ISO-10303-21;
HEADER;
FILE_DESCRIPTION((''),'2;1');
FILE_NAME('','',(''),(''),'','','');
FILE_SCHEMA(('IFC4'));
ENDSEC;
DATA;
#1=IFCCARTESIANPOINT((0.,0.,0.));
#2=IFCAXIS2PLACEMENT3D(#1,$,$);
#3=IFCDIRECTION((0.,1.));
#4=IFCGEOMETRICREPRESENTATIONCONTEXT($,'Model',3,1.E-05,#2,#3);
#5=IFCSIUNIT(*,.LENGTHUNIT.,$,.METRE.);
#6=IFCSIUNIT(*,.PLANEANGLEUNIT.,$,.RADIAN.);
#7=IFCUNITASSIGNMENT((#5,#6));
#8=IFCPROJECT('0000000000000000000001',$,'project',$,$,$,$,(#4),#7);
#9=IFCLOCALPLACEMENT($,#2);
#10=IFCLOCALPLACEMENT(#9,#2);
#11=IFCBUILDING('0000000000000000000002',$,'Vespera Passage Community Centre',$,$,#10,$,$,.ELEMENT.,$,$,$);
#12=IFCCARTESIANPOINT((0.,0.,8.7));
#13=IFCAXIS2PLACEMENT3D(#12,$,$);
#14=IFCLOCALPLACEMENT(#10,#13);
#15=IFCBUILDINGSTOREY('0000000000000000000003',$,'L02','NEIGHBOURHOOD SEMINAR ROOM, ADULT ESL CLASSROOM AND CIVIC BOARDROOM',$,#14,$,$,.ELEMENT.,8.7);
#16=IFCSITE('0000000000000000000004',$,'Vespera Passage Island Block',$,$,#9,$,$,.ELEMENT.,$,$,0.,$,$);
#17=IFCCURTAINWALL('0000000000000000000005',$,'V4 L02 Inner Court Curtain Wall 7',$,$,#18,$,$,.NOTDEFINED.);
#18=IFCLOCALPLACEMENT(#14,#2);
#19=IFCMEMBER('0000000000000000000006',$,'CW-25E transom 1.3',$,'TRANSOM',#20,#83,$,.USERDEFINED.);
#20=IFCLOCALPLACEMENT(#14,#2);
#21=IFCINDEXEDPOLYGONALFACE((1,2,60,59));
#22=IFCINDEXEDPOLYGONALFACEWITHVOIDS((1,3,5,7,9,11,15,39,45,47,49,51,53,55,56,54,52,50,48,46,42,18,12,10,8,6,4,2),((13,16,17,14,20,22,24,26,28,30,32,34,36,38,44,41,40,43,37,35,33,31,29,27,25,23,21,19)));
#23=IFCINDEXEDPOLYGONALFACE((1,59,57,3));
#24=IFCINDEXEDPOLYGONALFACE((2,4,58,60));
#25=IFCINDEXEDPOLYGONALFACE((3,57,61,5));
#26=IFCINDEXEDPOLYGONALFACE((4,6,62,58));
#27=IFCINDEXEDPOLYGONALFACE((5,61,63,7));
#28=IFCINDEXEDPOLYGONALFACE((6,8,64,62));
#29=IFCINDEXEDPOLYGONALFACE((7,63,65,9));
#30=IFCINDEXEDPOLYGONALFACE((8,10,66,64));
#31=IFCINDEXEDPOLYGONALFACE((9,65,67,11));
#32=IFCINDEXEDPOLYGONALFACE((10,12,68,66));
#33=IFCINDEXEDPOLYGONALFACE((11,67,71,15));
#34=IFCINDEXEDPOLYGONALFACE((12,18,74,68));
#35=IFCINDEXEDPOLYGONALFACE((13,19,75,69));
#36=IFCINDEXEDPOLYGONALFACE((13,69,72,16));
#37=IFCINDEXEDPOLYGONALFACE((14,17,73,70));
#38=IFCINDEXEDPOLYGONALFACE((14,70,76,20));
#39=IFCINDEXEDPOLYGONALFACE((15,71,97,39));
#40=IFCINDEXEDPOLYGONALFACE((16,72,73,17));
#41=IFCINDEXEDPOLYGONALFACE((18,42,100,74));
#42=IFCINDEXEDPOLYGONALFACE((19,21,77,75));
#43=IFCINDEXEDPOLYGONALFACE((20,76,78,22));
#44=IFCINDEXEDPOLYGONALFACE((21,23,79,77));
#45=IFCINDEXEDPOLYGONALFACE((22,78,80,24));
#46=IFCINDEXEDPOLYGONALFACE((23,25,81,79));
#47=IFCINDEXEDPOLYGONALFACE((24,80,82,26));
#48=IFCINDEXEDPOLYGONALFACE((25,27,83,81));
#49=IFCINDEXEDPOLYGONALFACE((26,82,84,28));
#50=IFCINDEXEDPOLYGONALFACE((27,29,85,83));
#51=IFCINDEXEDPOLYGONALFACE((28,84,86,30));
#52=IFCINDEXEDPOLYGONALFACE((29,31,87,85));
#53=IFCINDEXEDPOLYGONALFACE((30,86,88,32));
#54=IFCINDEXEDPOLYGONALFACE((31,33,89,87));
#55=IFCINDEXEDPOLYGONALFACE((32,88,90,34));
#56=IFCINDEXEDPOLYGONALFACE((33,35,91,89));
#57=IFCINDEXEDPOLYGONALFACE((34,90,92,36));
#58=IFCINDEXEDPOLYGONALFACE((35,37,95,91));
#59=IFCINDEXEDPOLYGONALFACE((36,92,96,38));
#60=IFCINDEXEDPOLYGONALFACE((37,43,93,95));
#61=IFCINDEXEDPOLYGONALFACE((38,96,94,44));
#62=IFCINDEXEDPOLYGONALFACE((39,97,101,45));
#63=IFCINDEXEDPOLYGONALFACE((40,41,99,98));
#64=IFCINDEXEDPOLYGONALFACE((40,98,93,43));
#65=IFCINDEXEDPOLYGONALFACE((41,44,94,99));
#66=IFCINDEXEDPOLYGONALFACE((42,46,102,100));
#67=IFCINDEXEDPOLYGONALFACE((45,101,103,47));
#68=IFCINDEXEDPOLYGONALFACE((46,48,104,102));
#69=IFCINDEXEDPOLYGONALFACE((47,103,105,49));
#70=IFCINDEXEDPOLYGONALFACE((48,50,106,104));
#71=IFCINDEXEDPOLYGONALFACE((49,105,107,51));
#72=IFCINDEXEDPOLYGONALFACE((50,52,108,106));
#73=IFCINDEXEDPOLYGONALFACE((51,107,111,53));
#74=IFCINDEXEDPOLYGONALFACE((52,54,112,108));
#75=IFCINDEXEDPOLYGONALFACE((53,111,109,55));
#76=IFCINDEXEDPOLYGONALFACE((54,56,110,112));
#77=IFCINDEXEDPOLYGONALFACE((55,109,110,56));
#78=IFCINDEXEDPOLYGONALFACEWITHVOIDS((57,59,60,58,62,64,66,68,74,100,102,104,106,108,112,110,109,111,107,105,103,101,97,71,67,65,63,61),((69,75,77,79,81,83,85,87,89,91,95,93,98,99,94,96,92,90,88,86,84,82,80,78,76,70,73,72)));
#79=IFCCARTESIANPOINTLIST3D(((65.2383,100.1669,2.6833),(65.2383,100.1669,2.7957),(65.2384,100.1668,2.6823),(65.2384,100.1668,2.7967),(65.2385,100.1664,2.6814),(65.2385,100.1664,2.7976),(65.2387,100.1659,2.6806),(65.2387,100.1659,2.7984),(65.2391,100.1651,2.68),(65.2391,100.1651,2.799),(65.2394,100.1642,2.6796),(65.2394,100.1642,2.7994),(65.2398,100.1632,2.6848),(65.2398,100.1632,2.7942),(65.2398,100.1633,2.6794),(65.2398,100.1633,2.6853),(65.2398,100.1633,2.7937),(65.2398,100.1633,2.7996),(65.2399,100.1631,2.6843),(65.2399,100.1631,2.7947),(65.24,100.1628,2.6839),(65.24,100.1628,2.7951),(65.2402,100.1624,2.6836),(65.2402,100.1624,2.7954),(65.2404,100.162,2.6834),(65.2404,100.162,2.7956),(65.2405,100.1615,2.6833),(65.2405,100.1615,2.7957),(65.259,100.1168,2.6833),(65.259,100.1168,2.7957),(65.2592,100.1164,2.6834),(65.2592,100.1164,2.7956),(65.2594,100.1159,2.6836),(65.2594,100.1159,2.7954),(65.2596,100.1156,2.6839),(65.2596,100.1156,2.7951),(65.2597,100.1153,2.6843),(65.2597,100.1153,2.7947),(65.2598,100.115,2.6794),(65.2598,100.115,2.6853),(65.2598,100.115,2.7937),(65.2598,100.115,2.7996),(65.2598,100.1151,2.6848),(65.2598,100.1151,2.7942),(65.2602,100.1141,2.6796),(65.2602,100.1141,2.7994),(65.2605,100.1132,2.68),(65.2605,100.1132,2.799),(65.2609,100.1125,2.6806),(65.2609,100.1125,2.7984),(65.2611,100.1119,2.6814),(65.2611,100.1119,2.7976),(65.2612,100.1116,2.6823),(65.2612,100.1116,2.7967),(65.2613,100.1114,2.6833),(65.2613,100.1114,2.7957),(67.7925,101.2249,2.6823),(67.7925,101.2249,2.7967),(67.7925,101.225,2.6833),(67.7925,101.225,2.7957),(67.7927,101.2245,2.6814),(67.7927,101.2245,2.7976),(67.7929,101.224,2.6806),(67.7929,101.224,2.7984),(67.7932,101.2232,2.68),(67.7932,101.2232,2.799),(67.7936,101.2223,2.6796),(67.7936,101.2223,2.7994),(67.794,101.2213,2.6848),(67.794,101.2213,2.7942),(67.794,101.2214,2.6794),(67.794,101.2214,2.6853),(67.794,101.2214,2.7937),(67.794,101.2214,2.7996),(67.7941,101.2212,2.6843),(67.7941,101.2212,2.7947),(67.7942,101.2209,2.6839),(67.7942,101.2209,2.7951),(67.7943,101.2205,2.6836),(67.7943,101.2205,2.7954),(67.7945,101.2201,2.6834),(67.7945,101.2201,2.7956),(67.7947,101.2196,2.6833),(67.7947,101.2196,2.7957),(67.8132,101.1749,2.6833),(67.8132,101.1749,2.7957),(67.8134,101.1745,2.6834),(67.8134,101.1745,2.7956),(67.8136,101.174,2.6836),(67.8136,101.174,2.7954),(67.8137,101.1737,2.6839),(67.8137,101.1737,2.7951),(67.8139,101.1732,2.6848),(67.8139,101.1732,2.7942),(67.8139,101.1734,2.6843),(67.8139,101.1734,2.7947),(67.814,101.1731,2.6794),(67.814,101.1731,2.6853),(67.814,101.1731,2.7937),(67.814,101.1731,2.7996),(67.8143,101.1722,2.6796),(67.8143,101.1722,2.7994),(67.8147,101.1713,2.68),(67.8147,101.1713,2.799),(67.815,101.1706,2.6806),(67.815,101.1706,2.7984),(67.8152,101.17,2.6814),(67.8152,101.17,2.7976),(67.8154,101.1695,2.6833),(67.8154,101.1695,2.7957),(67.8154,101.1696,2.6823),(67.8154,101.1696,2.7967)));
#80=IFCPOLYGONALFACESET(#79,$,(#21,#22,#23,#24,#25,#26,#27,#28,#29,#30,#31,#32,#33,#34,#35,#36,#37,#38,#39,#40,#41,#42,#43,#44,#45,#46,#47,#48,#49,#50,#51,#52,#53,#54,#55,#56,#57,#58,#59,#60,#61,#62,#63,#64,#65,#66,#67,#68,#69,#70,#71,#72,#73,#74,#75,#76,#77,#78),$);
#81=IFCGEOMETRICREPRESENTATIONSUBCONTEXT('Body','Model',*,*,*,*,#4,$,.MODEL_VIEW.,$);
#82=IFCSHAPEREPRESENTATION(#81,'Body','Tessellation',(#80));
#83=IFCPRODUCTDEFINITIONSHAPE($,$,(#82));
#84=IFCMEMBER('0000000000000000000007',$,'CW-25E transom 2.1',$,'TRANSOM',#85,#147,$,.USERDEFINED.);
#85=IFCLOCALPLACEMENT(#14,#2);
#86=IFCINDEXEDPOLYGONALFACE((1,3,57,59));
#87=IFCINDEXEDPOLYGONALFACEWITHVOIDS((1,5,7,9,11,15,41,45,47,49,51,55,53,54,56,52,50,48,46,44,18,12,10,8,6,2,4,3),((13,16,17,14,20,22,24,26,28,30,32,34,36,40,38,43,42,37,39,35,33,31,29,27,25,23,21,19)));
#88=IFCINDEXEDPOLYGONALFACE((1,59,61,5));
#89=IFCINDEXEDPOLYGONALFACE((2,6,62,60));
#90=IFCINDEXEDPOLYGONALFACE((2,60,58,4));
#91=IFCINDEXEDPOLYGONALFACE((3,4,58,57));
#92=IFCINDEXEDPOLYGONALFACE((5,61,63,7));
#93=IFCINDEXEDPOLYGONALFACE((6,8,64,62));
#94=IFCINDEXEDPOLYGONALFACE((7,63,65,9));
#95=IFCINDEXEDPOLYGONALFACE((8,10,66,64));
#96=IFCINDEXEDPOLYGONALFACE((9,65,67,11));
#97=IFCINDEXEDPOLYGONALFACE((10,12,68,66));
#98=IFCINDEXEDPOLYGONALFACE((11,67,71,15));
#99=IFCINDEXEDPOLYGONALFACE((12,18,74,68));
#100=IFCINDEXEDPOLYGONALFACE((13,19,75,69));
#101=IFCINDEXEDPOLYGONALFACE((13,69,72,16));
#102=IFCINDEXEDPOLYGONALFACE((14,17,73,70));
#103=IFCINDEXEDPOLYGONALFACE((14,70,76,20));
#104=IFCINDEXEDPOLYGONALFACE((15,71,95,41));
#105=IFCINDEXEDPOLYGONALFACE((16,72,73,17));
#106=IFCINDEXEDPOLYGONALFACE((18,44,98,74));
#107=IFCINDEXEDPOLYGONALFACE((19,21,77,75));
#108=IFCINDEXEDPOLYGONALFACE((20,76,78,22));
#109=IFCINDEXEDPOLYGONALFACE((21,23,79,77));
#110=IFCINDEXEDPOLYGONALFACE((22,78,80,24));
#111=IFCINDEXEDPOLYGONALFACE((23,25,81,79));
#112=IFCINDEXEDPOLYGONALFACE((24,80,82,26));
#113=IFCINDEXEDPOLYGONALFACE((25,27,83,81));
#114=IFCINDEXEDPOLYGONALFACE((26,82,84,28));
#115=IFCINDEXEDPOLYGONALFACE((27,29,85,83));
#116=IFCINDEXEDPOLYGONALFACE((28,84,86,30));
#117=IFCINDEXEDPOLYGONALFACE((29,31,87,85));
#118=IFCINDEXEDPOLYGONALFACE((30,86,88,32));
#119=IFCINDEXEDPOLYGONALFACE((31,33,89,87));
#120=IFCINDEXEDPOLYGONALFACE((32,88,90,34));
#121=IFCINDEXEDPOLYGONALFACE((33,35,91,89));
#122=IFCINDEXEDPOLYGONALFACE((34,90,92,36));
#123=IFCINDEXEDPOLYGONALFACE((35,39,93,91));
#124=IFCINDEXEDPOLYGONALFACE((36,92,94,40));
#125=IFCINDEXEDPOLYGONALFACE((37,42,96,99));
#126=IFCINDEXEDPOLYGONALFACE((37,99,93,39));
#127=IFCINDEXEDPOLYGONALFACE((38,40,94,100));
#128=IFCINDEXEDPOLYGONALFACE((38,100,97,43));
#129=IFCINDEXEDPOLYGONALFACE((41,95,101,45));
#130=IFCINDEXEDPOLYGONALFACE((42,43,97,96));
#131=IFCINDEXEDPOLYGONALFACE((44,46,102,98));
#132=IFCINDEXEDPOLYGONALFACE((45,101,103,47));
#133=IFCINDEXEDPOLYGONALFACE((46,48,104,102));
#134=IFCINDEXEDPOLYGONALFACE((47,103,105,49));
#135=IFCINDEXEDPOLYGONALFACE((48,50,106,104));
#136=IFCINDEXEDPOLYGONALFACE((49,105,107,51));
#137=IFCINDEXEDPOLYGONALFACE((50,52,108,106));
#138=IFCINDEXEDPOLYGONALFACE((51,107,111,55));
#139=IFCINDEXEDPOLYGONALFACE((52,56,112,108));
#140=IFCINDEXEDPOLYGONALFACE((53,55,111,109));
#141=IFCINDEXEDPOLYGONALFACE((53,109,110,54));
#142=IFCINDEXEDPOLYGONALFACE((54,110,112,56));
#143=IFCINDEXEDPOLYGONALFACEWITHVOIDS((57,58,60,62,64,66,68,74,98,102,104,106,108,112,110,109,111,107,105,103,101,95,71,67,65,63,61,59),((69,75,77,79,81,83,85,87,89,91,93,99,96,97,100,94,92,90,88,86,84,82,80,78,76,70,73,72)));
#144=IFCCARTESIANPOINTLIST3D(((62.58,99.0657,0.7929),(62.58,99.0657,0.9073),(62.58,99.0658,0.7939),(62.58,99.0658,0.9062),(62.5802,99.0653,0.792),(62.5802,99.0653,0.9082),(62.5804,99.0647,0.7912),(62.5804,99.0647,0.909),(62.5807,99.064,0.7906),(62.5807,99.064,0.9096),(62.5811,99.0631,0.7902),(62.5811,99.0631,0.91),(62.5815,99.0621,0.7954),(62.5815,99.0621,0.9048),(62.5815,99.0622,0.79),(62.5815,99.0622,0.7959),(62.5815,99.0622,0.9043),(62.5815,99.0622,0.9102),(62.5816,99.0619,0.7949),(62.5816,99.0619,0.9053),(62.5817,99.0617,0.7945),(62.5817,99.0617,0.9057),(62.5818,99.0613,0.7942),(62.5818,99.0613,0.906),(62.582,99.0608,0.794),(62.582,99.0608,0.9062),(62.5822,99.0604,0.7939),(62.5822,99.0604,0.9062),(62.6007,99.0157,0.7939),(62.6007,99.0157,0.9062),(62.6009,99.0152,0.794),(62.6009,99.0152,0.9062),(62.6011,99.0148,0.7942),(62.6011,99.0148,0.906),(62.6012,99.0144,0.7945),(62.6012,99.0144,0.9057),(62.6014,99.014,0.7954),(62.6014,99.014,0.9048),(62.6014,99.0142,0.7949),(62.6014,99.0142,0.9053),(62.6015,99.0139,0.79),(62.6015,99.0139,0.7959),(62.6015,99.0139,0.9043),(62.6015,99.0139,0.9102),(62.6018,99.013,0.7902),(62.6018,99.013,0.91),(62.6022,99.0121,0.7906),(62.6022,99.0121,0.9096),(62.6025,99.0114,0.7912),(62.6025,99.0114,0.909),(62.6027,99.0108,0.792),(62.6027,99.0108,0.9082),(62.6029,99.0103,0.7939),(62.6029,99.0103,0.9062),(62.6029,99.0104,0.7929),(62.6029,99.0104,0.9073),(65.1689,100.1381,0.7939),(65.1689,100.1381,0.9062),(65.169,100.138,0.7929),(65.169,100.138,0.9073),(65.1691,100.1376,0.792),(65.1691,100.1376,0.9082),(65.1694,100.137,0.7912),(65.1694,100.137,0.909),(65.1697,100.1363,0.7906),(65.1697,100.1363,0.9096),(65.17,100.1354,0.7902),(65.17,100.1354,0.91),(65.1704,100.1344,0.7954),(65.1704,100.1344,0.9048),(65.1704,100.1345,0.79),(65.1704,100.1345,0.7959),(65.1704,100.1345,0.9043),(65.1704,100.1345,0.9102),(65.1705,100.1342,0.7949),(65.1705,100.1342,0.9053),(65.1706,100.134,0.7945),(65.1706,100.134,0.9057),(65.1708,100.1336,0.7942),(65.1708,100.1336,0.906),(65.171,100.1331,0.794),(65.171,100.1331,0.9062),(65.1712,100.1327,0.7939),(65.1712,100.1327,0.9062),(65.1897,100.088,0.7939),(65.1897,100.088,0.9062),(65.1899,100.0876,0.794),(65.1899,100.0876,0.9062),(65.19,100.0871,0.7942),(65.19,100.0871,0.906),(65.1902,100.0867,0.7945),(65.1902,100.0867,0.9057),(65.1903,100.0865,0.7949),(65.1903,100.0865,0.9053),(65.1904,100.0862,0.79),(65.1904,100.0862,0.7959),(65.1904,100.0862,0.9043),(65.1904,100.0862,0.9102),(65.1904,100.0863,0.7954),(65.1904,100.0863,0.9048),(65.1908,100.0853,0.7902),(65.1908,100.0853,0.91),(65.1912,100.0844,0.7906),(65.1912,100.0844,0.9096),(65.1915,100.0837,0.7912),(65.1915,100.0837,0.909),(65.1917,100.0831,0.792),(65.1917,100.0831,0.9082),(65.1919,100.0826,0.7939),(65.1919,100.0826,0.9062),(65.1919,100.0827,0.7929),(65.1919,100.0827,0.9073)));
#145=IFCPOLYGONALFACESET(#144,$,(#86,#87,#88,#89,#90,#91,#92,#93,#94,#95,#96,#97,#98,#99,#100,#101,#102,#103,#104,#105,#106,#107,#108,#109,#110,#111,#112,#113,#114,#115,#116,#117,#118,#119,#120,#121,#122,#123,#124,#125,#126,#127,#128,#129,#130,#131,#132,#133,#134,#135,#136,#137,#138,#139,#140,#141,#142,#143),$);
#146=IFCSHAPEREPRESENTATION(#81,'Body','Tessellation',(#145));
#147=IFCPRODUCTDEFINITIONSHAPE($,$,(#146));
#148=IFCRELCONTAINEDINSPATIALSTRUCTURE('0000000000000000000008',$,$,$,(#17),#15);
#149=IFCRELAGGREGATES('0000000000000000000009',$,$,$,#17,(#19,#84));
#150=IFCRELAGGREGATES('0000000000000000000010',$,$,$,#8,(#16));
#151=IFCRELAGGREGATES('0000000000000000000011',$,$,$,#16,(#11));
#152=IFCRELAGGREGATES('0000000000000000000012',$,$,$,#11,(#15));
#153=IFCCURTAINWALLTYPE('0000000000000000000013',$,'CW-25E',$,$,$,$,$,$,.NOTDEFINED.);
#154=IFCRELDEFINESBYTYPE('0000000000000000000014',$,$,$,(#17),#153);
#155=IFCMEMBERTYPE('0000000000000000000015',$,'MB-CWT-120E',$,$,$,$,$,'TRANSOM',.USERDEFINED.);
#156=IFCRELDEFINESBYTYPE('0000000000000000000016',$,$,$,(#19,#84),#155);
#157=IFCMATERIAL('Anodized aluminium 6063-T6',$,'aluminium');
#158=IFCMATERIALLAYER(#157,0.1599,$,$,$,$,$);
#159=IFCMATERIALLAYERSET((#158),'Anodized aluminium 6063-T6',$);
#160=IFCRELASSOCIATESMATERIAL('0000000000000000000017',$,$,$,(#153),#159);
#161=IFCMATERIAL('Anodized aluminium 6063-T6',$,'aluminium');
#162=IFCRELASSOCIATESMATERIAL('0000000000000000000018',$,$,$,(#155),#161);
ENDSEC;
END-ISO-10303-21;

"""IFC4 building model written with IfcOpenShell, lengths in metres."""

from ifc_helpers import new_model, si_unit, direction, frame, origin, origin_2d, place, context, subcontext, project, spatial, hollow_rectangle, extrude, material, layer, layer_set, material_profile, profile_set, type_object, element, aggregate, save


model = new_model("IFC4")

# Units and contexts
model_context = context("Model", 3, precision=1e-05, world=origin(), true_north=direction((0.0, 1.0)))
body_context = subcontext(model_context, "Body", "Model", "MODEL_VIEW")
ifc_project = project(units=[si_unit("LENGTHUNIT", "METRE"), si_unit("PLANEANGLEUNIT", "RADIAN")], contexts=[model_context])

# Site, building, storey
site_placement = place(None, origin())
site = spatial("IfcSite", under=ifc_project, at=site_placement, Name="Vespera Passage Island Block", CompositionType="ELEMENT", RefElevation=0.0)
building_placement = place(site_placement, origin())
building = spatial("IfcBuilding", under=site, at=building_placement, Name="Vespera Passage Community Centre", CompositionType="ELEMENT")
storey_placement = place(building_placement, frame((0.0, 0.0, 8.7)))
storey = spatial("IfcBuildingStorey", under=building, at=storey_placement, Name="L02", Description="NEIGHBOURHOOD SEMINAR ROOM, ADULT ESL CLASSROOM AND CIVIC BOARDROOM", CompositionType="ELEMENT", Elevation=8.7)

# Curtain wall
ifc_material_1 = material(Name="Anodized aluminium 6063-T6", Category="aluminium")
ifc_layer_1 = layer(ifc_material_1, 0.1599)
ifc_layer_set_1 = layer_set([ifc_layer_1], Name="Anodized aluminium 6063-T6")
curtain_wall_type_1 = type_object("IfcCurtainWallType", Name="CW-25E", PredefinedType="NOTDEFINED", material=ifc_layer_set_1)
curtain_wall_1_placement = place(storey_placement, origin())
curtain_wall_1 = element("IfcCurtainWall", 1, at=curtain_wall_1_placement, inside=storey, type_object=curtain_wall_type_1, Name="V4 L02 Inner Court Curtain Wall 7", PredefinedType="NOTDEFINED")

# Members
ifc_material_2 = material(Name="Anodized aluminium 6063-T6", Category="aluminium")
ifc_material_profile_1 = material_profile(ifc_material_2, hollow_rectangle(XDim=0.0601, YDim=0.1201, WallThickness=0.0039, InnerFilletRadius=0.002, OuterFilletRadius=0.0039, at=origin_2d()), Name="ALU120X60X4")
ifc_profile_set_1 = profile_set([ifc_material_profile_1], Name="Anodized aluminium 6063-T6")
member_type_1 = type_object("IfcMemberType", Name="MB-CWT-120E", ElementType="TRANSOM", PredefinedType="USERDEFINED", material=ifc_profile_set_1)
member_1_placement = place(storey_placement, frame((67.804, 101.1973, 2.7395), z_axis=(-0.923864, -0.382721, 0.0), x_axis=(0.382721, -0.923864, 0.0)))
member_1 = element("IfcMember", 2, at=member_1_placement, type_object=member_type_1, Name="CW-25E transom 1.3", ObjectType="TRANSOM", PredefinedType="USERDEFINED", context=body_context, shape_type="SweptSolid", body=[
    extrude(hollow_rectangle(XDim=0.0601, YDim=0.1201, WallThickness=0.0039, InnerFilletRadius=0.002, OuterFilletRadius=0.0039, at=origin_2d()), origin(), (0.0, 0.0, 1.0), 2.7646),
])
member_2_placement = place(storey_placement, frame((65.1804, 100.1104, 0.8501), z_axis=(-0.923889, -0.38266, 0.0), x_axis=(0.38266, -0.923889, 0.0)))
member_2 = element("IfcMember", 3, at=member_2_placement, type_object=member_type_1, Name="CW-25E transom 2.1", ObjectType="TRANSOM", PredefinedType="USERDEFINED", context=body_context, shape_type="SweptSolid", body=[
    extrude(hollow_rectangle(XDim=0.0601, YDim=0.1201, WallThickness=0.0039, InnerFilletRadius=0.002, OuterFilletRadius=0.0039, at=origin_2d()), origin(), (0.0, 0.0, 1.0), 2.8022),
])

aggregate(curtain_wall_1, [member_1, member_2])

save(model, "model.ifc")
